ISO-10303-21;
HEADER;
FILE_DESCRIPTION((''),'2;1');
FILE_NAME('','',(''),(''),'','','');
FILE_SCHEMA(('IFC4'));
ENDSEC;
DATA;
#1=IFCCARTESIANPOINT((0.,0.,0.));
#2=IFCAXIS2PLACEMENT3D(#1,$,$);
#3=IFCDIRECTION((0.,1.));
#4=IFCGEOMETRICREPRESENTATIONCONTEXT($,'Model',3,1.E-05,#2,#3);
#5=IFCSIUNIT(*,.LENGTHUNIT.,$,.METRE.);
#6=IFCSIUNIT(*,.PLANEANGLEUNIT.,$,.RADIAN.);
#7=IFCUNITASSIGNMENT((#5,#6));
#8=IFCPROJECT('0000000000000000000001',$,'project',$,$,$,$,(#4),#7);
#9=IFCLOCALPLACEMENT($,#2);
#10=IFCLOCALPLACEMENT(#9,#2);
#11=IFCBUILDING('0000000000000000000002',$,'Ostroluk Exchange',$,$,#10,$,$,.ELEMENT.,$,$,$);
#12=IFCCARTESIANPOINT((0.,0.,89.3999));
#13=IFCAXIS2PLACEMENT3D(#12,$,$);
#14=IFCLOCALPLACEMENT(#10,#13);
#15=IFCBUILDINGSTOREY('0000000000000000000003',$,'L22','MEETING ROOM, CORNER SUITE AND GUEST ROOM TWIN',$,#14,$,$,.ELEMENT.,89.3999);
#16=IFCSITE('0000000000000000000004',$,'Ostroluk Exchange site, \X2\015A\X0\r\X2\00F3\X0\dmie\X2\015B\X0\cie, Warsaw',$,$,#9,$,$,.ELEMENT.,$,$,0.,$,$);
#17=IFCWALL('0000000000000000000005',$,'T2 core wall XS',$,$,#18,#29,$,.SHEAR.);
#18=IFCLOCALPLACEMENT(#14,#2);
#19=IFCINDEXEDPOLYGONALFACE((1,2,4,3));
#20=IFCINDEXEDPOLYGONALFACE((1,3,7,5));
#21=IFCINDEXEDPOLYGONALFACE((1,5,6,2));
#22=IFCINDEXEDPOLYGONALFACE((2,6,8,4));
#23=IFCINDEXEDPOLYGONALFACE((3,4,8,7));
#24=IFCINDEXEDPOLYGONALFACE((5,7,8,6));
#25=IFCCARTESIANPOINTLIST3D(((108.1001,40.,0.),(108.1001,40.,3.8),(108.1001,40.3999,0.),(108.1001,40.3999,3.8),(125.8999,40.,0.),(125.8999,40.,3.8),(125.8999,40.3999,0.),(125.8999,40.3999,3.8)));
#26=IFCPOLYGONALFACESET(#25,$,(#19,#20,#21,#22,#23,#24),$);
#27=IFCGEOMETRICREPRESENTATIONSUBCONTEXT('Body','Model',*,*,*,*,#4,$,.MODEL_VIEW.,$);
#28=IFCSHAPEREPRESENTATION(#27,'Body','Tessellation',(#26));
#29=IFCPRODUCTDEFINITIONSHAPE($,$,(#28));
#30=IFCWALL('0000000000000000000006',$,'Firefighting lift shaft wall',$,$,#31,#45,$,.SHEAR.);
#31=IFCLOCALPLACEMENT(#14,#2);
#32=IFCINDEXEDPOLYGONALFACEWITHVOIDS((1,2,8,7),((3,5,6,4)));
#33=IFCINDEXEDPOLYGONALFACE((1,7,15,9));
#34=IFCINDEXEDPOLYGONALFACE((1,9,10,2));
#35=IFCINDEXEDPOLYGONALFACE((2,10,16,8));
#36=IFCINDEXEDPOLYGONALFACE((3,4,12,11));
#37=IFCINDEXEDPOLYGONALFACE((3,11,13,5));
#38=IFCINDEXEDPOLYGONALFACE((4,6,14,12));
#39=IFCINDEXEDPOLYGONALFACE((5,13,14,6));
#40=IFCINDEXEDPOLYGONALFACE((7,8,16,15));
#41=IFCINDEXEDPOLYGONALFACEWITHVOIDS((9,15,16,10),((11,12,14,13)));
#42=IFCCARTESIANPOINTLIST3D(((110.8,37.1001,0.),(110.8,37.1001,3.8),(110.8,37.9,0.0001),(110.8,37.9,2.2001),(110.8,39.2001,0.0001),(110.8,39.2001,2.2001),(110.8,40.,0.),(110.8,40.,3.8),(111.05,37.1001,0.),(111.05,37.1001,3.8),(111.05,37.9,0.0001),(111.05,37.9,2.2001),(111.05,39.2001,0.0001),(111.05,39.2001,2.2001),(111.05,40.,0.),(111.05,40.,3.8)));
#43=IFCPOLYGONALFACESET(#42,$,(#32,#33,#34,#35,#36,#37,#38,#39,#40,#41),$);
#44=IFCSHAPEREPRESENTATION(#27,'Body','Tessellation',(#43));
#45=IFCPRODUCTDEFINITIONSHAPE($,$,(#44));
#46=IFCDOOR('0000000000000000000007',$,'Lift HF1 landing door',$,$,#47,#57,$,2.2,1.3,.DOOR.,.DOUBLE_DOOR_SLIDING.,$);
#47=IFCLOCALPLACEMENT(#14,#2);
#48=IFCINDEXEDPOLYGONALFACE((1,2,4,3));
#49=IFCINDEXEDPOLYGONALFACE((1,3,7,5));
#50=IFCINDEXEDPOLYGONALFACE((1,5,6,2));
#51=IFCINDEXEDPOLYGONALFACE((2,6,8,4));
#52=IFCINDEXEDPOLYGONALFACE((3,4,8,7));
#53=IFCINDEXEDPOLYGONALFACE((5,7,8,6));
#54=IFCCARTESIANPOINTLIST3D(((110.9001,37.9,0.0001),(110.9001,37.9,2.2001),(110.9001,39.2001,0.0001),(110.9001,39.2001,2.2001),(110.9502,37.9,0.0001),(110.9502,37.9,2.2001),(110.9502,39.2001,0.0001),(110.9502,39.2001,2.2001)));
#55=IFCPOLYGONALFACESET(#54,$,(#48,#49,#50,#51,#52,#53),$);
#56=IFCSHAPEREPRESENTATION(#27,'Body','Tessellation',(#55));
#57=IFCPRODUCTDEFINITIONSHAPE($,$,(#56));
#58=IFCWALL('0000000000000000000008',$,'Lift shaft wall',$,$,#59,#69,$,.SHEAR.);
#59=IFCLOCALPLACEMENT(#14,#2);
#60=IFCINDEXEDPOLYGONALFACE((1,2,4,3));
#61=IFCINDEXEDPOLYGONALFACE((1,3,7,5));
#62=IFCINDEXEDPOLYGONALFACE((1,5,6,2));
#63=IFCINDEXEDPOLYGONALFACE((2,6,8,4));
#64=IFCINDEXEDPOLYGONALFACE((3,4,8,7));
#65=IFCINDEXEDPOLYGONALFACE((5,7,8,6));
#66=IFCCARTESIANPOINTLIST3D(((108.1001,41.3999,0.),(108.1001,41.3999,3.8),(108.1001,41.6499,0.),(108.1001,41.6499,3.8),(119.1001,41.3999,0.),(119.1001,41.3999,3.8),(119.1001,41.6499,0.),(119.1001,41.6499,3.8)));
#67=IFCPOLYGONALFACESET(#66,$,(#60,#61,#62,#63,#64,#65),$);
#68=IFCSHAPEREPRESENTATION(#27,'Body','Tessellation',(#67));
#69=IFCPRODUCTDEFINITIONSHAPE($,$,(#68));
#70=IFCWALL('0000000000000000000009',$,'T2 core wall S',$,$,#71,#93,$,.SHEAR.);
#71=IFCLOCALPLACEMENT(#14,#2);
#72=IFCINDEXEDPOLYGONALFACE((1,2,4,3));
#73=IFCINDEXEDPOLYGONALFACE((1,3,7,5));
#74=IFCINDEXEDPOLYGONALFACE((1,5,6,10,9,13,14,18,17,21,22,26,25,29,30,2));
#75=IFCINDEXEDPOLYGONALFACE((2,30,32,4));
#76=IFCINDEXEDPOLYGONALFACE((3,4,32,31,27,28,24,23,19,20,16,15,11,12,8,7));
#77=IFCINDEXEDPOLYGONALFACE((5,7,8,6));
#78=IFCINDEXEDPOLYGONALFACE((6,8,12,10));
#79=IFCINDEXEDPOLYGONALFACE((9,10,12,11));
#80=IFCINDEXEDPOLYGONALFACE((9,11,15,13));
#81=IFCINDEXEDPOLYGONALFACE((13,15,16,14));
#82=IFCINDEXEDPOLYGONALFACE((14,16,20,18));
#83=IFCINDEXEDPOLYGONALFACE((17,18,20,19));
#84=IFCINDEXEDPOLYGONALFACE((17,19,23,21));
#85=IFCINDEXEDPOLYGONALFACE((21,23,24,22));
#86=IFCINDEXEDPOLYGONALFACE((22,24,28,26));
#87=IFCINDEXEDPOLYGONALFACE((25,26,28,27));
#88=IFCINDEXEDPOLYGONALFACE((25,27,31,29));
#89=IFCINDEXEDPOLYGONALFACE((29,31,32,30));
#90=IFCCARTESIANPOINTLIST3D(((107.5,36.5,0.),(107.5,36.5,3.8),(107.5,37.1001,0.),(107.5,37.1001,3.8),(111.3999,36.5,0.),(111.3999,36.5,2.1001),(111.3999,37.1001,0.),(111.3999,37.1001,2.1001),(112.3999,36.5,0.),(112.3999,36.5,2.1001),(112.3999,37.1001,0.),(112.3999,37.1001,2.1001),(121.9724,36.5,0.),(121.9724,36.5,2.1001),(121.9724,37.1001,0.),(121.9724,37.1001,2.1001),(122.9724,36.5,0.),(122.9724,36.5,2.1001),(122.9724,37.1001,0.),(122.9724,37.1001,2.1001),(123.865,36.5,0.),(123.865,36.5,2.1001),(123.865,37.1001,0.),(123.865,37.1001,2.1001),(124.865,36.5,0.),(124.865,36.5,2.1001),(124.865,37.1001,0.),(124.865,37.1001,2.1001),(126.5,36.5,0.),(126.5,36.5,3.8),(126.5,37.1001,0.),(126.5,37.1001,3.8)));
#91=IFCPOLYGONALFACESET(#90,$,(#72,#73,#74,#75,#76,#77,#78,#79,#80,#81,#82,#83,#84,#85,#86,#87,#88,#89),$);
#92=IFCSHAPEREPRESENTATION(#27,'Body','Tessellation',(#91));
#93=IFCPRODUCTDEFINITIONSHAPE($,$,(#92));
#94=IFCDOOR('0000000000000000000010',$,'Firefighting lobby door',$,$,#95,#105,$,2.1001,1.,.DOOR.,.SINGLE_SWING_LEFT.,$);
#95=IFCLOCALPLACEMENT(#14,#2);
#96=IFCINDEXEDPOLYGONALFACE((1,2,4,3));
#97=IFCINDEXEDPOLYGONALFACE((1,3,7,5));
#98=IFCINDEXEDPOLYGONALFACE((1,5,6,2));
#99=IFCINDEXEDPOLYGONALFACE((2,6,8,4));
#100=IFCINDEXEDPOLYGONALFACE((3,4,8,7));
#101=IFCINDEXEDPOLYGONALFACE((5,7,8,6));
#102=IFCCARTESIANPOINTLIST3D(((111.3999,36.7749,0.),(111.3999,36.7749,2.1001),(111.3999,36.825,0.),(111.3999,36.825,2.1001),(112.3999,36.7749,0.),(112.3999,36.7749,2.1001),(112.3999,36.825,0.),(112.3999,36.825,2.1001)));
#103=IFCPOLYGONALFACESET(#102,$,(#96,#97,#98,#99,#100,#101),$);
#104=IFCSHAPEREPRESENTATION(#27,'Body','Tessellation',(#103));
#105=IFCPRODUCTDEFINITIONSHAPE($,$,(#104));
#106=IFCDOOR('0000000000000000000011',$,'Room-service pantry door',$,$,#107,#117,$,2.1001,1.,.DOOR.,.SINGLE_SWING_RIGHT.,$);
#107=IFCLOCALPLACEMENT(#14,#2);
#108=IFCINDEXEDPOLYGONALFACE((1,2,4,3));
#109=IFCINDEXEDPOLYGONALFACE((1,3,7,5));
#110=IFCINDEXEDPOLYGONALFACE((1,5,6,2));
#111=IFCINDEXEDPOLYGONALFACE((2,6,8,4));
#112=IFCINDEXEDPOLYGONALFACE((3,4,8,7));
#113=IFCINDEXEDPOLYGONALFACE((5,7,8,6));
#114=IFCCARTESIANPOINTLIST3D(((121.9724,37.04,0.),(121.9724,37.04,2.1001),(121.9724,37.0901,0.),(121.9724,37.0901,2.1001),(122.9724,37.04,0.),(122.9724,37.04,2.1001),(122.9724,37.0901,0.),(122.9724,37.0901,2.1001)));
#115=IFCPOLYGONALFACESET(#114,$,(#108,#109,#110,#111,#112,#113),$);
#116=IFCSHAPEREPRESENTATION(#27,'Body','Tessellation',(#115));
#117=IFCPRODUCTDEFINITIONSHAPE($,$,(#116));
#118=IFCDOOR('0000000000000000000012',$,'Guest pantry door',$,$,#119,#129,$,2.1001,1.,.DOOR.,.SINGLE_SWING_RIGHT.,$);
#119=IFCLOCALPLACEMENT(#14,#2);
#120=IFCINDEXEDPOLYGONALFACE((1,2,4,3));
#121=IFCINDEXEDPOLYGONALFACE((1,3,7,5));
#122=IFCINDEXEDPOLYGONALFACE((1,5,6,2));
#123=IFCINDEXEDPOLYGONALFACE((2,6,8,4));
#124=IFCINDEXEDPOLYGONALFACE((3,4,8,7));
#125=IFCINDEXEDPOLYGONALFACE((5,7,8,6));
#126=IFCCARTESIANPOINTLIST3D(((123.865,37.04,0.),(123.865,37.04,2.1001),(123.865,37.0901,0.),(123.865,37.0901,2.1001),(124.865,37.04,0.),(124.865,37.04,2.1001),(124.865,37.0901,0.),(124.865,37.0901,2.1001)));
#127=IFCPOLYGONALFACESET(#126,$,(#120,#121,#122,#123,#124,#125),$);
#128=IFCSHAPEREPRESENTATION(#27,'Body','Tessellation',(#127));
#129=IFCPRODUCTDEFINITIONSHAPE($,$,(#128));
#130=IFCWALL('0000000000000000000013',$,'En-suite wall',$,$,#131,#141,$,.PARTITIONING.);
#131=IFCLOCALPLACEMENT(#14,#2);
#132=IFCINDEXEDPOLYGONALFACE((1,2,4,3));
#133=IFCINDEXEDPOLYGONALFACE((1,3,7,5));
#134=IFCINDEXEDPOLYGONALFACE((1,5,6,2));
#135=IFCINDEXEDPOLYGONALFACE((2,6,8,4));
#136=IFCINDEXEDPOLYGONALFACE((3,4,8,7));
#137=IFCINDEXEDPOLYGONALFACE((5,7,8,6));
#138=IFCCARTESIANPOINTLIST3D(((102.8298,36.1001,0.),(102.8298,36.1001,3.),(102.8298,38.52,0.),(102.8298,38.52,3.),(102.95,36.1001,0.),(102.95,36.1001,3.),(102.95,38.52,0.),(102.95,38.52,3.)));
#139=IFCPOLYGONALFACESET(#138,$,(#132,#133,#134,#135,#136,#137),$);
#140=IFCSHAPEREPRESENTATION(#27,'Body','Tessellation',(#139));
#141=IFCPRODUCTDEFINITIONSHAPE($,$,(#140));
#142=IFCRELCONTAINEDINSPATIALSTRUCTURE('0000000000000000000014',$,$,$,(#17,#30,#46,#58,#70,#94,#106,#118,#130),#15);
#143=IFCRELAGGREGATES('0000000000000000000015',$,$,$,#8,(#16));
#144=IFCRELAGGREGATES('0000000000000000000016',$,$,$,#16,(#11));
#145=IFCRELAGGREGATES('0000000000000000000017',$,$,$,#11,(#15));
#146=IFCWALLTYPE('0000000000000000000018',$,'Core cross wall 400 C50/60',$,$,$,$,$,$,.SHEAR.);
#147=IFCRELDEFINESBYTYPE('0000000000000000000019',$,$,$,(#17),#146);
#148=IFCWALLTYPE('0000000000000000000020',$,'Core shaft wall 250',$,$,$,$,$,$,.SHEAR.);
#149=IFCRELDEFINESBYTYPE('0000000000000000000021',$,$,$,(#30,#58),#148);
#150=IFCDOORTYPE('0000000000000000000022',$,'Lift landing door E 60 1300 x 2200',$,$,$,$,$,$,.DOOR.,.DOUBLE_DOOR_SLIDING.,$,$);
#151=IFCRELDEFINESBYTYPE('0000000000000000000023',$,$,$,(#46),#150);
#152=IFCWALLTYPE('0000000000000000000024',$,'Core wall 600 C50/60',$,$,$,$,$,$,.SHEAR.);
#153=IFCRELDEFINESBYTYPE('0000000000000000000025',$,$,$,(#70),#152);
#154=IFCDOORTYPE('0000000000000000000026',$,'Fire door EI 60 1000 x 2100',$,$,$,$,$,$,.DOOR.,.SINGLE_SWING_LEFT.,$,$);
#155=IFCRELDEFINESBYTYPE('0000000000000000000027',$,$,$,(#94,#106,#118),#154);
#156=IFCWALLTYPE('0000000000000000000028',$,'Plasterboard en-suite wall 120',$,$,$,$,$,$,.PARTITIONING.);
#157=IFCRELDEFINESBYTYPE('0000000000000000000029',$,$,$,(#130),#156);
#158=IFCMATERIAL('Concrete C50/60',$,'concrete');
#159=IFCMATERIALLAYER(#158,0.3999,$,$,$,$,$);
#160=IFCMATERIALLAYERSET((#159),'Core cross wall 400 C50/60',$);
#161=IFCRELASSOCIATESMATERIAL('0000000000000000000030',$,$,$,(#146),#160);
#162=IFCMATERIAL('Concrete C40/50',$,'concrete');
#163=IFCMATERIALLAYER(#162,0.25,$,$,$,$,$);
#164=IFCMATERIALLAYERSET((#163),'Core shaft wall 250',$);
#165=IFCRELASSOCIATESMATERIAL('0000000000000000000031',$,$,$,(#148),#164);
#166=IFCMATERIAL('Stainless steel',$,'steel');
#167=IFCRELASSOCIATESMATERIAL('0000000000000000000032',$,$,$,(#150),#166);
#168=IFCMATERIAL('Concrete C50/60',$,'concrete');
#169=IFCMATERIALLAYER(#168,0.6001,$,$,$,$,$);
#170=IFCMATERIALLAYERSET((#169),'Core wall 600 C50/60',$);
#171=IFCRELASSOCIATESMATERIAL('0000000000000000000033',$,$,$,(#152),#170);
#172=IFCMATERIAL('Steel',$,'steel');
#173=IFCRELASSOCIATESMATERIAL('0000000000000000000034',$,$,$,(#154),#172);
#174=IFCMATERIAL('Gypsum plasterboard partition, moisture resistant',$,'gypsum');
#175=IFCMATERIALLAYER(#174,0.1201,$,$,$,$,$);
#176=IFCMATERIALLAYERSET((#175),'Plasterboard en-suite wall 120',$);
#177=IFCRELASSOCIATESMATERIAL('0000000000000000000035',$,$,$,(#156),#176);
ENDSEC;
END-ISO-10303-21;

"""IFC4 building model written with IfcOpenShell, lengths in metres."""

from ifc_helpers import new_model, si_unit, direction, frame, frame_2d, origin, place, context, subcontext, project, spatial, rectangle, extrude, material, layer, layer_set, type_object, element, fill, save


model = new_model("IFC4")

# Units and contexts
model_context = context("Model", 3, precision=1e-05, world=origin(), true_north=direction((0.0, 1.0)))
body_context = subcontext(model_context, "Body", "Model", "MODEL_VIEW")
ifc_project = project(units=[si_unit("LENGTHUNIT", "METRE"), si_unit("PLANEANGLEUNIT", "RADIAN")], contexts=[model_context])

# Site, building, storey
site_placement = place(None, origin())
site = spatial("IfcSite", under=ifc_project, at=site_placement, Name="Ostroluk Exchange site, Śródmieście, Warsaw", CompositionType="ELEMENT", RefElevation=0.0)
building_placement = place(site_placement, origin())
building = spatial("IfcBuilding", under=site, at=building_placement, Name="Ostroluk Exchange", CompositionType="ELEMENT")
storey_placement = place(building_placement, frame((0.0, 0.0, 89.3999)))
storey = spatial("IfcBuildingStorey", under=building, at=storey_placement, Name="L22", Description="MEETING ROOM, CORNER SUITE AND GUEST ROOM TWIN", CompositionType="ELEMENT", Elevation=89.3999)

# Wall
ifc_material_1 = material(Name="Concrete C50/60", Category="concrete")
ifc_layer_1 = layer(ifc_material_1, 0.3999)
ifc_layer_set_1 = layer_set([ifc_layer_1], Name="Core cross wall 400 C50/60")
wall_type_1 = type_object("IfcWallType", Name="Core cross wall 400 C50/60", PredefinedType="SHEAR", material=ifc_layer_set_1)
wall_1_placement = place(storey_placement, frame((108.1001, 40.2, 0.0), z_axis=(0.0, 0.0, 1.0), x_axis=(1.0, 0.0, 0.0)))
element("IfcWall", 1, at=wall_1_placement, inside=storey, type_object=wall_type_1, Name="T2 core wall XS", PredefinedType="SHEAR", context=body_context, shape_type="SweptSolid", body=[
    extrude(rectangle(XDim=17.7998, YDim=0.3999, at=frame_2d((8.8999, 0.0))), origin(), (0.0, 0.0, 1.0), 3.8),
])

# Wall, opening, door
ifc_material_2 = material(Name="Concrete C40/50", Category="concrete")
ifc_layer_2 = layer(ifc_material_2, 0.25)
ifc_layer_set_2 = layer_set([ifc_layer_2], Name="Core shaft wall 250")
wall_type_2 = type_object("IfcWallType", Name="Core shaft wall 250", PredefinedType="SHEAR", material=ifc_layer_set_2)
wall_2_placement = place(storey_placement, frame((110.925, 37.1001, 0.0), z_axis=(0.0, 0.0, 1.0), x_axis=(0.0, 1.0, 0.0)))
wall_2 = element("IfcWall", 2, at=wall_2_placement, inside=storey, type_object=wall_type_2, Name="Firefighting lift shaft wall", PredefinedType="SHEAR", context=body_context, shape_type="SweptSolid", body=[
    extrude(rectangle(XDim=2.8999, YDim=0.25, at=frame_2d((1.45, 0.0))), origin(), (0.0, 0.0, 1.0), 3.8),
])
opening_1_placement = place(wall_2_placement, frame((0.8, 0.0, 0.0)))
opening_1 = element("IfcOpeningElement", 3, at=opening_1_placement, cuts=wall_2, PredefinedType="OPENING", context=body_context, shape_type="SweptSolid", body=[
    extrude(rectangle(XDim=1.3, YDim=2.2, at=frame_2d((0.6499, 1.1001))), frame((0.0, 0.135, 0.0), z_axis=(0.0, -1.0, 0.0), x_axis=(1.0, 0.0, 0.0)), (0.0, 0.0, 1.0), 0.27),
])
ifc_material_3 = material(Name="Stainless steel", Category="steel")
door_type_1 = type_object("IfcDoorType", Name="Lift landing door E 60 1300 x 2200", OperationType="DOUBLE_DOOR_SLIDING", PredefinedType="DOOR", material=ifc_material_3)
door_1_placement = place(opening_1_placement, origin())
door_1 = element("IfcDoor", 4, at=door_1_placement, inside=storey, type_object=door_type_1, Name="Lift HF1 landing door", OperationType="DOUBLE_DOOR_SLIDING", OverallHeight=2.2, OverallWidth=1.3, PredefinedType="DOOR", context=body_context, shape_type="SweptSolid", body=[
    extrude(rectangle(XDim=1.3, YDim=2.2, at=frame_2d((0.6499, 1.1001))), frame((0.0, 0.0249, 0.0), z_axis=(0.0, -1.0, 0.0), x_axis=(1.0, 0.0, 0.0)), (0.0, 0.0, 1.0), 0.05),
])
fill(opening_1, door_1)

# Wall
wall_3_placement = place(storey_placement, frame((108.1001, 41.5249, 0.0), z_axis=(0.0, 0.0, 1.0), x_axis=(1.0, 0.0, 0.0)))
element("IfcWall", 5, at=wall_3_placement, inside=storey, type_object=wall_type_2, Name="Lift shaft wall", PredefinedType="SHEAR", context=body_context, shape_type="SweptSolid", body=[
    extrude(rectangle(XDim=11.0, YDim=0.25, at=frame_2d((5.5, 0.0))), origin(), (0.0, 0.0, 1.0), 3.8),
])

# Wall, openings, doors
ifc_material_4 = material(Name="Concrete C50/60", Category="concrete")
ifc_layer_3 = layer(ifc_material_4, 0.6001)
ifc_layer_set_3 = layer_set([ifc_layer_3], Name="Core wall 600 C50/60")
wall_type_3 = type_object("IfcWallType", Name="Core wall 600 C50/60", PredefinedType="SHEAR", material=ifc_layer_set_3)
wall_4_placement = place(storey_placement, frame((107.5, 36.8, 0.0), z_axis=(0.0, 0.0, 1.0), x_axis=(1.0, 0.0, 0.0)))
wall_4 = element("IfcWall", 6, at=wall_4_placement, inside=storey, type_object=wall_type_3, Name="T2 core wall S", PredefinedType="SHEAR", context=body_context, shape_type="SweptSolid", body=[
    extrude(rectangle(XDim=19.0, YDim=0.6001, at=frame_2d((9.5, 0.0))), origin(), (0.0, 0.0, 1.0), 3.8),
])
opening_2_placement = place(wall_4_placement, frame((3.8999, 0.0, 0.0)))
opening_2 = element("IfcOpeningElement", 7, at=opening_2_placement, cuts=wall_4, PredefinedType="OPENING", context=body_context, shape_type="SweptSolid", body=[
    extrude(rectangle(XDim=1.0, YDim=2.1001, at=frame_2d((0.5, 1.05))), frame((0.0, 0.3101, 0.0), z_axis=(0.0, -1.0, 0.0), x_axis=(1.0, 0.0, 0.0)), (0.0, 0.0, 1.0), 0.6201),
])
opening_3_placement = place(wall_4_placement, frame((14.4724, 0.0, 0.0)))
opening_3 = element("IfcOpeningElement", 8, at=opening_3_placement, cuts=wall_4, PredefinedType="OPENING", context=body_context, shape_type="SweptSolid", body=[
    extrude(rectangle(XDim=1.0, YDim=2.1001, at=frame_2d((0.5, 1.05))), frame((0.0, 0.3101, 0.0), z_axis=(0.0, -1.0, 0.0), x_axis=(1.0, 0.0, 0.0)), (0.0, 0.0, 1.0), 0.6201),
])
opening_4_placement = place(wall_4_placement, frame((16.365, 0.0, 0.0)))
opening_4 = element("IfcOpeningElement", 9, at=opening_4_placement, cuts=wall_4, PredefinedType="OPENING", context=body_context, shape_type="SweptSolid", body=[
    extrude(rectangle(XDim=1.0, YDim=2.1001, at=frame_2d((0.5, 1.05))), frame((0.0, 0.3101, 0.0), z_axis=(0.0, -1.0, 0.0), x_axis=(1.0, 0.0, 0.0)), (0.0, 0.0, 1.0), 0.6201),
])
ifc_material_5 = material(Name="Steel", Category="steel")
door_type_2 = type_object("IfcDoorType", Name="Fire door EI 60 1000 x 2100", OperationType="SINGLE_SWING_LEFT", PredefinedType="DOOR", material=ifc_material_5)
door_2_placement = place(opening_2_placement, origin())
door_2 = element("IfcDoor", 10, at=door_2_placement, inside=storey, type_object=door_type_2, Name="Firefighting lobby door", OperationType="SINGLE_SWING_LEFT", OverallHeight=2.1001, OverallWidth=1.0, PredefinedType="DOOR", context=body_context, shape_type="SweptSolid", body=[
    extrude(rectangle(XDim=1.0, YDim=2.1001, at=frame_2d((0.5, 1.05))), frame((0.0, 0.0249, 0.0), z_axis=(0.0, -1.0, 0.0), x_axis=(1.0, 0.0, 0.0)), (0.0, 0.0, 1.0), 0.05),
])
fill(opening_2, door_2)
door_3_placement = place(opening_3_placement, origin())
door_3 = element("IfcDoor", 11, at=door_3_placement, inside=storey, type_object=door_type_2, Name="Room-service pantry door", OperationType="SINGLE_SWING_RIGHT", OverallHeight=2.1001, OverallWidth=1.0, PredefinedType="DOOR", context=body_context, shape_type="SweptSolid", body=[
    extrude(rectangle(XDim=1.0, YDim=2.1001, at=frame_2d((0.5, 1.05))), frame((0.0, 0.29, 0.0), z_axis=(0.0, -1.0, 0.0), x_axis=(1.0, 0.0, 0.0)), (0.0, 0.0, 1.0), 0.05),
])
fill(opening_3, door_3)
door_4_placement = place(opening_4_placement, origin())
door_4 = element("IfcDoor", 12, at=door_4_placement, inside=storey, type_object=door_type_2, Name="Guest pantry door", OperationType="SINGLE_SWING_RIGHT", OverallHeight=2.1001, OverallWidth=1.0, PredefinedType="DOOR", context=body_context, shape_type="SweptSolid", body=[
    extrude(rectangle(XDim=1.0, YDim=2.1001, at=frame_2d((0.5, 1.05))), frame((0.0, 0.29, 0.0), z_axis=(0.0, -1.0, 0.0), x_axis=(1.0, 0.0, 0.0)), (0.0, 0.0, 1.0), 0.05),
])
fill(opening_4, door_4)

# Wall
ifc_material_6 = material(Name="Gypsum plasterboard partition, moisture resistant", Category="gypsum")
ifc_layer_4 = layer(ifc_material_6, 0.1201)
ifc_layer_set_4 = layer_set([ifc_layer_4], Name="Plasterboard en-suite wall 120")
wall_type_4 = type_object("IfcWallType", Name="Plasterboard en-suite wall 120", PredefinedType="PARTITIONING", material=ifc_layer_set_4)
wall_5_placement = place(storey_placement, frame((102.8899, 38.52, 0.0), z_axis=(0.0, 0.0, 1.0), x_axis=(0.0, -1.0, 0.0)))
element("IfcWall", 13, at=wall_5_placement, inside=storey, type_object=wall_type_4, Name="En-suite wall", PredefinedType="PARTITIONING", context=body_context, shape_type="SweptSolid", body=[
    extrude(rectangle(XDim=2.4199, YDim=0.1201, at=frame_2d((1.21, 0.0))), origin(), (0.0, 0.0, 1.0), 3.0),
])

save(model, "model.ifc")
